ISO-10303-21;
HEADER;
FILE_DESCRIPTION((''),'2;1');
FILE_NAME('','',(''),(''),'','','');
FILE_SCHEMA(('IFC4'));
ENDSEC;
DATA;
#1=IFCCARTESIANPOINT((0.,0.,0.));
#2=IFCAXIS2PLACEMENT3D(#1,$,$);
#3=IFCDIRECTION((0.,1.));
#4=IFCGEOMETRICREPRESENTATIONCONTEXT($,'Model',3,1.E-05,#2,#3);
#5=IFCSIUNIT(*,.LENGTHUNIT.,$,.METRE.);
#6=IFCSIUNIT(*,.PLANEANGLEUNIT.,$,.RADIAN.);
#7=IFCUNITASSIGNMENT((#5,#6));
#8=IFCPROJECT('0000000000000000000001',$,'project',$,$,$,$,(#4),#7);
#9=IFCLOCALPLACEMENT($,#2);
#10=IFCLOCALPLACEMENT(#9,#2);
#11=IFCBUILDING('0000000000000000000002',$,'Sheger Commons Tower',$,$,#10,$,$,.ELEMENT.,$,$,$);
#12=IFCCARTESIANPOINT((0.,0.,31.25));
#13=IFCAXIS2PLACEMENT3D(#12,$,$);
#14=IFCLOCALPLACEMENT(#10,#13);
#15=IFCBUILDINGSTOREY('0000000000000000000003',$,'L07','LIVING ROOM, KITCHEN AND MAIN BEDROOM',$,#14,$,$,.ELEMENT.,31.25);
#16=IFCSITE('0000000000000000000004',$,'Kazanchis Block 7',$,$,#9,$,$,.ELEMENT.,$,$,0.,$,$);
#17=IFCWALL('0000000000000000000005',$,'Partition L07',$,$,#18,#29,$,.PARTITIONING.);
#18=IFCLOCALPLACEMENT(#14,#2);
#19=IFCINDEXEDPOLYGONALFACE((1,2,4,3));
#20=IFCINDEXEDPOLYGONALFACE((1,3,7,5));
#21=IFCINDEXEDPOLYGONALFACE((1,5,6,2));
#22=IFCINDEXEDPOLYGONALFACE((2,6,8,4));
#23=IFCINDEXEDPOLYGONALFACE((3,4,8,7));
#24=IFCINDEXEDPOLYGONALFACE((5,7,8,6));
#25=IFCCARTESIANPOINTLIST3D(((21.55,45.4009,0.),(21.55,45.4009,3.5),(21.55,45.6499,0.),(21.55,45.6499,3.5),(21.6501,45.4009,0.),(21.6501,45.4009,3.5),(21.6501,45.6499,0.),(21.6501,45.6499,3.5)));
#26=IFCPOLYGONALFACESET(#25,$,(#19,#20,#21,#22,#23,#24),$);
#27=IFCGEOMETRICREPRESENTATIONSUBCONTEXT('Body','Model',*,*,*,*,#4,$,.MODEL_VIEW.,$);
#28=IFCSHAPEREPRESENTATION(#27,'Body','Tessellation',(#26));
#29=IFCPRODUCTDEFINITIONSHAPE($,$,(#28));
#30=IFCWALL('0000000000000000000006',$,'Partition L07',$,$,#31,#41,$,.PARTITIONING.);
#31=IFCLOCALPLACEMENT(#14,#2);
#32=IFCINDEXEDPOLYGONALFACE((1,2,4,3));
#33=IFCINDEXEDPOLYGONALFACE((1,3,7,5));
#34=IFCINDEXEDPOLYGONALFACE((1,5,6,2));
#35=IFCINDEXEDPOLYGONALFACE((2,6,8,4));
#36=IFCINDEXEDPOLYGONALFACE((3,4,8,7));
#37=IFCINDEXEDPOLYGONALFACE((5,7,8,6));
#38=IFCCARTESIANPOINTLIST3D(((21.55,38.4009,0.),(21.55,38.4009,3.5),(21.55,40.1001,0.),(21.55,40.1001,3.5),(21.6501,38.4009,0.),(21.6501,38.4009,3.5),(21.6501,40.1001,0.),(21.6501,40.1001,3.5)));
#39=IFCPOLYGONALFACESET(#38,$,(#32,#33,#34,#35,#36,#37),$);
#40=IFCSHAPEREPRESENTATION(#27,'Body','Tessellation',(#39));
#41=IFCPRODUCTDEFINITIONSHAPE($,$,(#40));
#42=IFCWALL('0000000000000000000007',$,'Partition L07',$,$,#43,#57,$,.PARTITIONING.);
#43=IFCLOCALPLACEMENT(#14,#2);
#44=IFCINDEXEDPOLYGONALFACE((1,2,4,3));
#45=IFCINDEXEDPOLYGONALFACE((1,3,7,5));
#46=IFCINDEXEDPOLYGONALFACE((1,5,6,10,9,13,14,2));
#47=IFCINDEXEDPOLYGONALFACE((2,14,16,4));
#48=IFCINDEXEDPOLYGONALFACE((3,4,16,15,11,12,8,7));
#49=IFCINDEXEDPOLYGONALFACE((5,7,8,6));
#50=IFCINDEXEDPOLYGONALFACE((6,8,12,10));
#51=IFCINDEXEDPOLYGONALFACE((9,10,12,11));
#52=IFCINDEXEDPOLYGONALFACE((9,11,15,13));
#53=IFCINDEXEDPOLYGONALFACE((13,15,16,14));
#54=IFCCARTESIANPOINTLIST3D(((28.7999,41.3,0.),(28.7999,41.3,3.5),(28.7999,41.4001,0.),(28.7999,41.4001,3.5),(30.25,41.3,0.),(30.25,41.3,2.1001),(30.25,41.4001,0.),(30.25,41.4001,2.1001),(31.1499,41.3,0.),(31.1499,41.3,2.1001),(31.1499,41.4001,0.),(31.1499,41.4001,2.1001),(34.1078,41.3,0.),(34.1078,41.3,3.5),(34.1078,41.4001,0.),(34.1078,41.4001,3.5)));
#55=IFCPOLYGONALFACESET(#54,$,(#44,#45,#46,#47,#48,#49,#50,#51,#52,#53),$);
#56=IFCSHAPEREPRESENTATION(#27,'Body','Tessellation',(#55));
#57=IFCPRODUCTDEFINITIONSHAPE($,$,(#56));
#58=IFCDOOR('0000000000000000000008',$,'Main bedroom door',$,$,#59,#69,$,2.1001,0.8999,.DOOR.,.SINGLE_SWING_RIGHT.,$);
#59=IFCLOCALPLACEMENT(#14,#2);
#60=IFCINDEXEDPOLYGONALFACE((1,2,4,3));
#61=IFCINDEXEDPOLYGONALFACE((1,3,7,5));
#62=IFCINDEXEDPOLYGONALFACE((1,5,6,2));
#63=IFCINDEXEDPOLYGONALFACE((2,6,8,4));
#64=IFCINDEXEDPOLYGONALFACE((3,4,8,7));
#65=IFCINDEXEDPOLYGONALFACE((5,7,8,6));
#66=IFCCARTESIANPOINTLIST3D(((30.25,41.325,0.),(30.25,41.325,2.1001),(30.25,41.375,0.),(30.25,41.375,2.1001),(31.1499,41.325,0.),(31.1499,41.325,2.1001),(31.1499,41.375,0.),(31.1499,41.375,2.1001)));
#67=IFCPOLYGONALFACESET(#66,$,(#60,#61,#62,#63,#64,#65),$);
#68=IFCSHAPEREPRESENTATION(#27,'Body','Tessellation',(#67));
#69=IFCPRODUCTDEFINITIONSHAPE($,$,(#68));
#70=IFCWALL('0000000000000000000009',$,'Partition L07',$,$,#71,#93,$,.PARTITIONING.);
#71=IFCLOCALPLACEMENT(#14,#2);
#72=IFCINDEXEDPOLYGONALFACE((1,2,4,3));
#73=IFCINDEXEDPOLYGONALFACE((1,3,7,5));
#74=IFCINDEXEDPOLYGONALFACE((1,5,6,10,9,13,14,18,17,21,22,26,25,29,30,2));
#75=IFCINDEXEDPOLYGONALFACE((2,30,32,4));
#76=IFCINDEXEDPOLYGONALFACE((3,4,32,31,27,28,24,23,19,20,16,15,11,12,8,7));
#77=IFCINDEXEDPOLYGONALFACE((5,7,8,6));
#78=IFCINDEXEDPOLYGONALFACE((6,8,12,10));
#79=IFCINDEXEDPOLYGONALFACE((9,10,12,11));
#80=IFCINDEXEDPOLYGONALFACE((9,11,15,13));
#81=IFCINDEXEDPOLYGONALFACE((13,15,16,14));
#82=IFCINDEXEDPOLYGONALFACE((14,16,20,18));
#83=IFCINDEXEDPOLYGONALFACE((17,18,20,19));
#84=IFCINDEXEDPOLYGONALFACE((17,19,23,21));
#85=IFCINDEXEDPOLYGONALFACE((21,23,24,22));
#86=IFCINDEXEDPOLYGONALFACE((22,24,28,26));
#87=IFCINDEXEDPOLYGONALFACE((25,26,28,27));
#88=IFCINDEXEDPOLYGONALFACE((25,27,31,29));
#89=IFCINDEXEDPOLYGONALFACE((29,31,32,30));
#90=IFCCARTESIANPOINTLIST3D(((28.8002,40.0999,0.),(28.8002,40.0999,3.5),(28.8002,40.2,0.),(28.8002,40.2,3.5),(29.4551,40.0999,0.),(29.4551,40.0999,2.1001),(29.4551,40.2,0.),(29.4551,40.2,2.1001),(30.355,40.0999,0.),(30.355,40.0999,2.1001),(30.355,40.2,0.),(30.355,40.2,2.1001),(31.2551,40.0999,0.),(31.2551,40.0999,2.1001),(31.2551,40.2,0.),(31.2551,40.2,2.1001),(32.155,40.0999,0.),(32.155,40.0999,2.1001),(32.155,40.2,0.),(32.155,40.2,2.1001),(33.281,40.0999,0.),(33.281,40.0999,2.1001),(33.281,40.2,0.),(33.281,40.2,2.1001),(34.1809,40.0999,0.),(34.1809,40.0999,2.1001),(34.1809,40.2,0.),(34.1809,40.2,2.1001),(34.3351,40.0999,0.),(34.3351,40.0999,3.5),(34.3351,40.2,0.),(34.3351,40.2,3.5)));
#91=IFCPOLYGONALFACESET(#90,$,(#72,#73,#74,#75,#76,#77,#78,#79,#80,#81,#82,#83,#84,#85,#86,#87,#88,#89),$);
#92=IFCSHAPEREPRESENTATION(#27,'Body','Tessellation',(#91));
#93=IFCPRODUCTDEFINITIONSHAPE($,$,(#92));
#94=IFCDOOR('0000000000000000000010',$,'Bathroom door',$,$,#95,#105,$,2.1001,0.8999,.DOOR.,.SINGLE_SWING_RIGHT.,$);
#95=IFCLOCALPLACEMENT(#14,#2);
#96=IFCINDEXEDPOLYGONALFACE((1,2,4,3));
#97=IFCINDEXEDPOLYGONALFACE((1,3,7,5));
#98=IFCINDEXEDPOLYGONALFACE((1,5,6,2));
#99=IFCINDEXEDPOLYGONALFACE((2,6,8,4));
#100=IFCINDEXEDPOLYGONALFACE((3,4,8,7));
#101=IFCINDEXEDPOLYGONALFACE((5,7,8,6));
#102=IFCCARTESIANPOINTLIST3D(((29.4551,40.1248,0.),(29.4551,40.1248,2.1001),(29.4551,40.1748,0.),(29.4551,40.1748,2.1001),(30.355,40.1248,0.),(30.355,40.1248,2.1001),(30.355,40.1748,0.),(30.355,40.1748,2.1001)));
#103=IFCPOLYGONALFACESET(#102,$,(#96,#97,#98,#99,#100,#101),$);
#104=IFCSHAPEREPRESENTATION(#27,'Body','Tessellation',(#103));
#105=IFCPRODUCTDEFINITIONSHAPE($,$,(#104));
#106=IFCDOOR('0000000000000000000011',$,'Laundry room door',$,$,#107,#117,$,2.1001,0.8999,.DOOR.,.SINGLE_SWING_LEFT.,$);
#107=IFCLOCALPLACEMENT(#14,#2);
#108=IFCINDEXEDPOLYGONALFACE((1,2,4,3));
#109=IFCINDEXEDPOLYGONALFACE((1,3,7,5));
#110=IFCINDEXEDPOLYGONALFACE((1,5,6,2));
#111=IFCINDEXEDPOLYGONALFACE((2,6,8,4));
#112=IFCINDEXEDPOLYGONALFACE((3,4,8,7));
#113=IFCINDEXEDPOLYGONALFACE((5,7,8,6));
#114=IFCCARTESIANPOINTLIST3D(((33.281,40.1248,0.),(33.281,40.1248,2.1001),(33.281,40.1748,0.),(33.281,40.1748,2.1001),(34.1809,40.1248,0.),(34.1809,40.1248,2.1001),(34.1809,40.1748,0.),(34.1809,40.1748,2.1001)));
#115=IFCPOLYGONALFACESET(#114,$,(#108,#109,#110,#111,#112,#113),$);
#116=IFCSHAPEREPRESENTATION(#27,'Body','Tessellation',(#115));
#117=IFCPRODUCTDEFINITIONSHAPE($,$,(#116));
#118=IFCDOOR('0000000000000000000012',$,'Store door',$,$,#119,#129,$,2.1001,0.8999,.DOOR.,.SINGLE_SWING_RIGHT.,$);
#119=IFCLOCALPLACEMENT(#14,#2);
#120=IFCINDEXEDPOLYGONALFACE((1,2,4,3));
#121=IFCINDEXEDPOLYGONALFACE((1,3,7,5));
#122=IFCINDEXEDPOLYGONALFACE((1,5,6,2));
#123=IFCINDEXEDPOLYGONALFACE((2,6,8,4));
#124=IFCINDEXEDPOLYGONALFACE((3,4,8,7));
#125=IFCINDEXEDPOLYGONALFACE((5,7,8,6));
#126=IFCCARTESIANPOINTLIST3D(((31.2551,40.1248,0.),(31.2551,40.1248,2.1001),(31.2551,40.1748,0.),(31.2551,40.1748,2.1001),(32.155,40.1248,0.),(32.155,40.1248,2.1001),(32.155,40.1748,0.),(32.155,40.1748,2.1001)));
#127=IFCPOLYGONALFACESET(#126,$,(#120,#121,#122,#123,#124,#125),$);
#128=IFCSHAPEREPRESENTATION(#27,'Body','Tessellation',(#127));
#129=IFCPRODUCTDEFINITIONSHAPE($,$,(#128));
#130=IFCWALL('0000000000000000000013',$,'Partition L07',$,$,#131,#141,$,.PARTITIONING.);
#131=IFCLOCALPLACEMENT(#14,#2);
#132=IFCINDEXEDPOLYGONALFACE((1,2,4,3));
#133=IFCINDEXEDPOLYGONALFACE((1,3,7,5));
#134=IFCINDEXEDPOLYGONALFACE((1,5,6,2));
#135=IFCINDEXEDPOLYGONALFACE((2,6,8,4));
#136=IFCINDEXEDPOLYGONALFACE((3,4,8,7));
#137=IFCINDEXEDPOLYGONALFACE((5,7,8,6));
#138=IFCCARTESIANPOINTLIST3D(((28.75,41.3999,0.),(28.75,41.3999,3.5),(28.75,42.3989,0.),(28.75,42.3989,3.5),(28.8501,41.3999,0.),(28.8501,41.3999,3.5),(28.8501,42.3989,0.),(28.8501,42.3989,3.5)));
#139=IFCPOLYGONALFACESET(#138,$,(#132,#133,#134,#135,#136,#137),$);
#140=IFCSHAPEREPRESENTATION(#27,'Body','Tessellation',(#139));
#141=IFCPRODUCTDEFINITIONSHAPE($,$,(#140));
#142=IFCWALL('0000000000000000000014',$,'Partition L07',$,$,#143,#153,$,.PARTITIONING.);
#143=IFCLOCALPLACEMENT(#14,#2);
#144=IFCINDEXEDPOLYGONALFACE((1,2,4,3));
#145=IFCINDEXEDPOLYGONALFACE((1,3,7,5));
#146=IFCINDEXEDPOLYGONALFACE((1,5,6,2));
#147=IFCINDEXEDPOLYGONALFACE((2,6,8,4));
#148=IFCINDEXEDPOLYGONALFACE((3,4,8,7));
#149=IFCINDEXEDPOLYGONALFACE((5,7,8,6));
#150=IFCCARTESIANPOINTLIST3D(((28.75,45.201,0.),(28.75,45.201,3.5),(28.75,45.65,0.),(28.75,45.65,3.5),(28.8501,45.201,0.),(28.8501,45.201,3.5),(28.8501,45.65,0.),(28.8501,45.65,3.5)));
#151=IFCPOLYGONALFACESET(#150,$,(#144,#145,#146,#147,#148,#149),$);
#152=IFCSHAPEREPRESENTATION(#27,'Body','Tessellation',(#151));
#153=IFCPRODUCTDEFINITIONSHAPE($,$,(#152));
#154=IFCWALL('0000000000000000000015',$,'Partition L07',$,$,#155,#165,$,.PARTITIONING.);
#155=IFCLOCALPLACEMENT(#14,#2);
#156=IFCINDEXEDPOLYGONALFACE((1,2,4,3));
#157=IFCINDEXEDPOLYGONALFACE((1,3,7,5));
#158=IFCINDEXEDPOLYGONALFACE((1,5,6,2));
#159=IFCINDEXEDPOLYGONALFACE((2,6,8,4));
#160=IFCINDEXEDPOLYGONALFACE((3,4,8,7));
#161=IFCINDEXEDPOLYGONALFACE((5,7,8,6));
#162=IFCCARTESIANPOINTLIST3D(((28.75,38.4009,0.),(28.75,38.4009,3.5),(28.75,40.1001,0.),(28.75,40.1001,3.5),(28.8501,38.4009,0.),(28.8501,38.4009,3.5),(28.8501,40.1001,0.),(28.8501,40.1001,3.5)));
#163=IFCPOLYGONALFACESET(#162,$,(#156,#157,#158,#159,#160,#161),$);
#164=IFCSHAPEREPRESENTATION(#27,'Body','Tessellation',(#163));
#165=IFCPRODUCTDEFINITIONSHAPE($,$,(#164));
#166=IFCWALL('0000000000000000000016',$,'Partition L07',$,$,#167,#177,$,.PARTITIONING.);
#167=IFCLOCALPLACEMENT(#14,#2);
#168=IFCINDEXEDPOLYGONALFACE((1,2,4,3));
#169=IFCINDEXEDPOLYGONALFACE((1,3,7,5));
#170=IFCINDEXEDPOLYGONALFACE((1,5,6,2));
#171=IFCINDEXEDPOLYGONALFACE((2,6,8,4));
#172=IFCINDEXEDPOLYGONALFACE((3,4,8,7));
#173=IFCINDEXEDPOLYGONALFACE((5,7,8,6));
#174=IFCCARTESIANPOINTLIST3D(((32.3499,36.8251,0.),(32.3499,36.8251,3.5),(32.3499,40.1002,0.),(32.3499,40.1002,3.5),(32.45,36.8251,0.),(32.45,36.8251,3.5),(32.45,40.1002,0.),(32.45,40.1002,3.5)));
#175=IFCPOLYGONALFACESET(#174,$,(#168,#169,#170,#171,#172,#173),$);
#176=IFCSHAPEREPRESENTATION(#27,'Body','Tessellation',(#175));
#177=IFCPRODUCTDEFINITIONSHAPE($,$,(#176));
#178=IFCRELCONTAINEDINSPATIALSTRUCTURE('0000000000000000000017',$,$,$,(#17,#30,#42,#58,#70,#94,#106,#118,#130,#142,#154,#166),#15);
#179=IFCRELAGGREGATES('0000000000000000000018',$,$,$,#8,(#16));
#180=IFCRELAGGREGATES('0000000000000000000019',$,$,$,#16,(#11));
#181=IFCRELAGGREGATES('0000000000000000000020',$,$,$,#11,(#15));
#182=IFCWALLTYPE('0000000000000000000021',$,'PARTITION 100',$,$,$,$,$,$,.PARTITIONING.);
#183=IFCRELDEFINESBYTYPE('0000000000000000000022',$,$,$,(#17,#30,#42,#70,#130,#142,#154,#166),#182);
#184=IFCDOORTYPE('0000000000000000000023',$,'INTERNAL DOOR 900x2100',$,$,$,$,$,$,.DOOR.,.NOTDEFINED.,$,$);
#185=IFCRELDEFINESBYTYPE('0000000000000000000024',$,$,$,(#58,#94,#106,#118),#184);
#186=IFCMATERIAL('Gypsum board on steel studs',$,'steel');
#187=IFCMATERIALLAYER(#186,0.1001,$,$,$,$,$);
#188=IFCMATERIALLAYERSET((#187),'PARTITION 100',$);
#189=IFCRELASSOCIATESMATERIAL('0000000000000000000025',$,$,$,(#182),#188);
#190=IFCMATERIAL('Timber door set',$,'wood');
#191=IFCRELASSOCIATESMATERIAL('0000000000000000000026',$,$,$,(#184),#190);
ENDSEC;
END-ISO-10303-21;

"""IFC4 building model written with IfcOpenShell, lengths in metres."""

from ifc_helpers import new_model, si_unit, direction, frame, frame_2d, origin, place, context, subcontext, project, spatial, rectangle, extrude, material, layer, layer_set, type_object, element, fill, save


model = new_model("IFC4")

# Units and contexts
model_context = context("Model", 3, precision=1e-05, world=origin(), true_north=direction((0.0, 1.0)))
body_context = subcontext(model_context, "Body", "Model", "MODEL_VIEW")
ifc_project = project(units=[si_unit("LENGTHUNIT", "METRE"), si_unit("PLANEANGLEUNIT", "RADIAN")], contexts=[model_context])

# Site, building, storey
site_placement = place(None, origin())
site = spatial("IfcSite", under=ifc_project, at=site_placement, Name="Kazanchis Block 7", CompositionType="ELEMENT", RefElevation=0.0)
building_placement = place(site_placement, origin())
building = spatial("IfcBuilding", under=site, at=building_placement, Name="Sheger Commons Tower", CompositionType="ELEMENT")
storey_placement = place(building_placement, frame((0.0, 0.0, 31.25)))
storey = spatial("IfcBuildingStorey", under=building, at=storey_placement, Name="L07", Description="LIVING ROOM, KITCHEN AND MAIN BEDROOM", CompositionType="ELEMENT", Elevation=31.25)

# Walls
ifc_material_1 = material(Name="Gypsum board on steel studs", Category="steel")
ifc_layer_1 = layer(ifc_material_1, 0.1001)
ifc_layer_set_1 = layer_set([ifc_layer_1], Name="PARTITION 100")
wall_type_1 = type_object("IfcWallType", Name="PARTITION 100", PredefinedType="PARTITIONING", material=ifc_layer_set_1)
wall_1_placement = place(storey_placement, frame((21.6001, 45.4009, 0.0), z_axis=(0.0, 0.0, 1.0), x_axis=(0.0, 1.0, 0.0)))
element("IfcWall", 1, at=wall_1_placement, inside=storey, type_object=wall_type_1, Name="Partition L07", PredefinedType="PARTITIONING", context=body_context, shape_type="SweptSolid", body=[
    extrude(rectangle(XDim=0.249, YDim=0.1001, at=frame_2d((0.1245, 0.0))), origin(), (0.0, 0.0, 1.0), 3.5),
])
wall_2_placement = place(storey_placement, frame((21.6001, 38.4009, 0.0), z_axis=(0.0, 0.0, 1.0), x_axis=(0.0, 1.0, 0.0)))
element("IfcWall", 2, at=wall_2_placement, inside=storey, type_object=wall_type_1, Name="Partition L07", PredefinedType="PARTITIONING", context=body_context, shape_type="SweptSolid", body=[
    extrude(rectangle(XDim=1.6992, YDim=0.1001, at=frame_2d((0.8496, 0.0))), origin(), (0.0, 0.0, 1.0), 3.5),
])

# Wall, opening, door
wall_3_placement = place(storey_placement, frame((28.8, 41.3501, 0.0), z_axis=(0.0, 0.0, 1.0), x_axis=(1.0, 0.0, 0.0)))
wall_3 = element("IfcWall", 3, at=wall_3_placement, inside=storey, type_object=wall_type_1, Name="Partition L07", PredefinedType="PARTITIONING", context=body_context, shape_type="SweptSolid", body=[
    extrude(rectangle(XDim=5.3079, YDim=0.1001, at=frame_2d((2.6538, 0.0))), origin(), (0.0, 0.0, 1.0), 3.5),
])
opening_1_placement = place(wall_3_placement, frame((1.45, 0.0, 0.0)))
opening_1 = element("IfcOpeningElement", 4, at=opening_1_placement, cuts=wall_3, PredefinedType="OPENING", context=body_context, shape_type="SweptSolid", body=[
    extrude(rectangle(XDim=0.8999, YDim=2.1001, at=frame_2d((0.45, 1.05))), frame((0.0, 0.0601, 0.0), z_axis=(0.0, -1.0, 0.0), x_axis=(1.0, 0.0, 0.0)), (0.0, 0.0, 1.0), 0.1201),
])
ifc_material_2 = material(Name="Timber door set", Category="wood")
door_type = type_object("IfcDoorType", Name="INTERNAL DOOR 900x2100", OperationType="NOTDEFINED", PredefinedType="DOOR", material=ifc_material_2)
door_1_placement = place(opening_1_placement, origin())
door_1 = element("IfcDoor", 5, at=door_1_placement, inside=storey, type_object=door_type, Name="Main bedroom door", OperationType="SINGLE_SWING_RIGHT", OverallHeight=2.1001, OverallWidth=0.8999, PredefinedType="DOOR", context=body_context, shape_type="SweptSolid", body=[
    extrude(rectangle(XDim=0.8999, YDim=2.1001, at=frame_2d((0.45, 1.05))), frame((0.0, 0.0249, 0.0), z_axis=(0.0, -1.0, 0.0), x_axis=(1.0, 0.0, 0.0)), (0.0, 0.0, 1.0), 0.05),
])
fill(opening_1, door_1)

# Wall, openings, doors
wall_4_placement = place(storey_placement, frame((28.8, 40.1499, 0.0), z_axis=(0.0, 0.0, 1.0), x_axis=(1.0, 0.0, 0.0)))
wall_4 = element("IfcWall", 6, at=wall_4_placement, inside=storey, type_object=wall_type_1, Name="Partition L07", PredefinedType="PARTITIONING", context=body_context, shape_type="SweptSolid", body=[
    extrude(rectangle(XDim=5.5349, YDim=0.1001, at=frame_2d((2.7676, 0.0))), origin(), (0.0, 0.0, 1.0), 3.5),
])
opening_2_placement = place(wall_4_placement, frame((0.655, 0.0, 0.0)))
opening_2 = element("IfcOpeningElement", 7, at=opening_2_placement, cuts=wall_4, PredefinedType="OPENING", context=body_context, shape_type="SweptSolid", body=[
    extrude(rectangle(XDim=0.8999, YDim=2.1001, at=frame_2d((0.45, 1.05))), frame((0.0, 0.0601, 0.0), z_axis=(0.0, -1.0, 0.0), x_axis=(1.0, 0.0, 0.0)), (0.0, 0.0, 1.0), 0.1201),
])
opening_3_placement = place(wall_4_placement, frame((4.481, 0.0, 0.0)))
opening_3 = element("IfcOpeningElement", 8, at=opening_3_placement, cuts=wall_4, PredefinedType="OPENING", context=body_context, shape_type="SweptSolid", body=[
    extrude(rectangle(XDim=0.8999, YDim=2.1001, at=frame_2d((0.45, 1.05))), frame((0.0, 0.0601, 0.0), z_axis=(0.0, -1.0, 0.0), x_axis=(1.0, 0.0, 0.0)), (0.0, 0.0, 1.0), 0.1201),
])
opening_4_placement = place(wall_4_placement, frame((2.4551, 0.0, 0.0)))
opening_4 = element("IfcOpeningElement", 9, at=opening_4_placement, cuts=wall_4, PredefinedType="OPENING", context=body_context, shape_type="SweptSolid", body=[
    extrude(rectangle(XDim=0.8999, YDim=2.1001, at=frame_2d((0.45, 1.05))), frame((0.0, 0.0601, 0.0), z_axis=(0.0, -1.0, 0.0), x_axis=(1.0, 0.0, 0.0)), (0.0, 0.0, 1.0), 0.1201),
])
door_2_placement = place(opening_2_placement, origin())
door_2 = element("IfcDoor", 10, at=door_2_placement, inside=storey, type_object=door_type, Name="Bathroom door", OperationType="SINGLE_SWING_RIGHT", OverallHeight=2.1001, OverallWidth=0.8999, PredefinedType="DOOR", context=body_context, shape_type="SweptSolid", body=[
    extrude(rectangle(XDim=0.8999, YDim=2.1001, at=frame_2d((0.45, 1.05))), frame((0.0, 0.0249, 0.0), z_axis=(0.0, -1.0, 0.0), x_axis=(1.0, 0.0, 0.0)), (0.0, 0.0, 1.0), 0.05),
])
fill(opening_2, door_2)
door_3_placement = place(opening_3_placement, origin())
door_3 = element("IfcDoor", 11, at=door_3_placement, inside=storey, type_object=door_type, Name="Laundry room door", OperationType="SINGLE_SWING_LEFT", OverallHeight=2.1001, OverallWidth=0.8999, PredefinedType="DOOR", context=body_context, shape_type="SweptSolid", body=[
    extrude(rectangle(XDim=0.8999, YDim=2.1001, at=frame_2d((0.45, 1.05))), frame((0.0, 0.0249, 0.0), z_axis=(0.0, -1.0, 0.0), x_axis=(1.0, 0.0, 0.0)), (0.0, 0.0, 1.0), 0.05),
])
fill(opening_3, door_3)
door_4_placement = place(opening_4_placement, origin())
door_4 = element("IfcDoor", 12, at=door_4_placement, inside=storey, type_object=door_type, Name="Store door", OperationType="SINGLE_SWING_RIGHT", OverallHeight=2.1001, OverallWidth=0.8999, PredefinedType="DOOR", context=body_context, shape_type="SweptSolid", body=[
    extrude(rectangle(XDim=0.8999, YDim=2.1001, at=frame_2d((0.45, 1.05))), frame((0.0, 0.0249, 0.0), z_axis=(0.0, -1.0, 0.0), x_axis=(1.0, 0.0, 0.0)), (0.0, 0.0, 1.0), 0.05),
])
fill(opening_4, door_4)

# Walls
wall_5_placement = place(storey_placement, frame((28.8, 41.3999, 0.0), z_axis=(0.0, 0.0, 1.0), x_axis=(0.0, 1.0, 0.0)))
element("IfcWall", 13, at=wall_5_placement, inside=storey, type_object=wall_type_1, Name="Partition L07", PredefinedType="PARTITIONING", context=body_context, shape_type="SweptSolid", body=[
    extrude(rectangle(XDim=0.999, YDim=0.1001, at=frame_2d((0.4995, 0.0))), origin(), (0.0, 0.0, 1.0), 3.5),
])
wall_6_placement = place(storey_placement, frame((28.8, 45.2009, 0.0), z_axis=(0.0, 0.0, 1.0), x_axis=(0.0, 1.0, 0.0)))
element("IfcWall", 14, at=wall_6_placement, inside=storey, type_object=wall_type_1, Name="Partition L07", PredefinedType="PARTITIONING", context=body_context, shape_type="SweptSolid", body=[
    extrude(rectangle(XDim=0.449, YDim=0.1001, at=frame_2d((0.2246, 0.0))), origin(), (0.0, 0.0, 1.0), 3.5),
])
wall_7_placement = place(storey_placement, frame((28.8, 38.4009, 0.0), z_axis=(0.0, 0.0, 1.0), x_axis=(0.0, 1.0, 0.0)))
element("IfcWall", 15, at=wall_7_placement, inside=storey, type_object=wall_type_1, Name="Partition L07", PredefinedType="PARTITIONING", context=body_context, shape_type="SweptSolid", body=[
    extrude(rectangle(XDim=1.6992, YDim=0.1001, at=frame_2d((0.8496, 0.0))), origin(), (0.0, 0.0, 1.0), 3.5),
])
for number, where, z_axis, x_axis, name in (
    (16, (32.3999, 36.825, 0.0), (0.0, 0.0, 1.0), (0.0, 1.0, 0.0), "Partition L07"),
):
    element("IfcWall", number, at=place(storey_placement, frame(where, z_axis=z_axis, x_axis=x_axis)), inside=storey, type_object=wall_type_1, Name=name, PredefinedType="PARTITIONING", context=body_context, shape_type="SweptSolid", body=[
        extrude(rectangle(XDim=3.2751, YDim=0.1001, at=frame_2d((1.6377, 0.0))), origin(), (0.0, 0.0, 1.0), 3.5),
    ])

save(model, "model.ifc")
